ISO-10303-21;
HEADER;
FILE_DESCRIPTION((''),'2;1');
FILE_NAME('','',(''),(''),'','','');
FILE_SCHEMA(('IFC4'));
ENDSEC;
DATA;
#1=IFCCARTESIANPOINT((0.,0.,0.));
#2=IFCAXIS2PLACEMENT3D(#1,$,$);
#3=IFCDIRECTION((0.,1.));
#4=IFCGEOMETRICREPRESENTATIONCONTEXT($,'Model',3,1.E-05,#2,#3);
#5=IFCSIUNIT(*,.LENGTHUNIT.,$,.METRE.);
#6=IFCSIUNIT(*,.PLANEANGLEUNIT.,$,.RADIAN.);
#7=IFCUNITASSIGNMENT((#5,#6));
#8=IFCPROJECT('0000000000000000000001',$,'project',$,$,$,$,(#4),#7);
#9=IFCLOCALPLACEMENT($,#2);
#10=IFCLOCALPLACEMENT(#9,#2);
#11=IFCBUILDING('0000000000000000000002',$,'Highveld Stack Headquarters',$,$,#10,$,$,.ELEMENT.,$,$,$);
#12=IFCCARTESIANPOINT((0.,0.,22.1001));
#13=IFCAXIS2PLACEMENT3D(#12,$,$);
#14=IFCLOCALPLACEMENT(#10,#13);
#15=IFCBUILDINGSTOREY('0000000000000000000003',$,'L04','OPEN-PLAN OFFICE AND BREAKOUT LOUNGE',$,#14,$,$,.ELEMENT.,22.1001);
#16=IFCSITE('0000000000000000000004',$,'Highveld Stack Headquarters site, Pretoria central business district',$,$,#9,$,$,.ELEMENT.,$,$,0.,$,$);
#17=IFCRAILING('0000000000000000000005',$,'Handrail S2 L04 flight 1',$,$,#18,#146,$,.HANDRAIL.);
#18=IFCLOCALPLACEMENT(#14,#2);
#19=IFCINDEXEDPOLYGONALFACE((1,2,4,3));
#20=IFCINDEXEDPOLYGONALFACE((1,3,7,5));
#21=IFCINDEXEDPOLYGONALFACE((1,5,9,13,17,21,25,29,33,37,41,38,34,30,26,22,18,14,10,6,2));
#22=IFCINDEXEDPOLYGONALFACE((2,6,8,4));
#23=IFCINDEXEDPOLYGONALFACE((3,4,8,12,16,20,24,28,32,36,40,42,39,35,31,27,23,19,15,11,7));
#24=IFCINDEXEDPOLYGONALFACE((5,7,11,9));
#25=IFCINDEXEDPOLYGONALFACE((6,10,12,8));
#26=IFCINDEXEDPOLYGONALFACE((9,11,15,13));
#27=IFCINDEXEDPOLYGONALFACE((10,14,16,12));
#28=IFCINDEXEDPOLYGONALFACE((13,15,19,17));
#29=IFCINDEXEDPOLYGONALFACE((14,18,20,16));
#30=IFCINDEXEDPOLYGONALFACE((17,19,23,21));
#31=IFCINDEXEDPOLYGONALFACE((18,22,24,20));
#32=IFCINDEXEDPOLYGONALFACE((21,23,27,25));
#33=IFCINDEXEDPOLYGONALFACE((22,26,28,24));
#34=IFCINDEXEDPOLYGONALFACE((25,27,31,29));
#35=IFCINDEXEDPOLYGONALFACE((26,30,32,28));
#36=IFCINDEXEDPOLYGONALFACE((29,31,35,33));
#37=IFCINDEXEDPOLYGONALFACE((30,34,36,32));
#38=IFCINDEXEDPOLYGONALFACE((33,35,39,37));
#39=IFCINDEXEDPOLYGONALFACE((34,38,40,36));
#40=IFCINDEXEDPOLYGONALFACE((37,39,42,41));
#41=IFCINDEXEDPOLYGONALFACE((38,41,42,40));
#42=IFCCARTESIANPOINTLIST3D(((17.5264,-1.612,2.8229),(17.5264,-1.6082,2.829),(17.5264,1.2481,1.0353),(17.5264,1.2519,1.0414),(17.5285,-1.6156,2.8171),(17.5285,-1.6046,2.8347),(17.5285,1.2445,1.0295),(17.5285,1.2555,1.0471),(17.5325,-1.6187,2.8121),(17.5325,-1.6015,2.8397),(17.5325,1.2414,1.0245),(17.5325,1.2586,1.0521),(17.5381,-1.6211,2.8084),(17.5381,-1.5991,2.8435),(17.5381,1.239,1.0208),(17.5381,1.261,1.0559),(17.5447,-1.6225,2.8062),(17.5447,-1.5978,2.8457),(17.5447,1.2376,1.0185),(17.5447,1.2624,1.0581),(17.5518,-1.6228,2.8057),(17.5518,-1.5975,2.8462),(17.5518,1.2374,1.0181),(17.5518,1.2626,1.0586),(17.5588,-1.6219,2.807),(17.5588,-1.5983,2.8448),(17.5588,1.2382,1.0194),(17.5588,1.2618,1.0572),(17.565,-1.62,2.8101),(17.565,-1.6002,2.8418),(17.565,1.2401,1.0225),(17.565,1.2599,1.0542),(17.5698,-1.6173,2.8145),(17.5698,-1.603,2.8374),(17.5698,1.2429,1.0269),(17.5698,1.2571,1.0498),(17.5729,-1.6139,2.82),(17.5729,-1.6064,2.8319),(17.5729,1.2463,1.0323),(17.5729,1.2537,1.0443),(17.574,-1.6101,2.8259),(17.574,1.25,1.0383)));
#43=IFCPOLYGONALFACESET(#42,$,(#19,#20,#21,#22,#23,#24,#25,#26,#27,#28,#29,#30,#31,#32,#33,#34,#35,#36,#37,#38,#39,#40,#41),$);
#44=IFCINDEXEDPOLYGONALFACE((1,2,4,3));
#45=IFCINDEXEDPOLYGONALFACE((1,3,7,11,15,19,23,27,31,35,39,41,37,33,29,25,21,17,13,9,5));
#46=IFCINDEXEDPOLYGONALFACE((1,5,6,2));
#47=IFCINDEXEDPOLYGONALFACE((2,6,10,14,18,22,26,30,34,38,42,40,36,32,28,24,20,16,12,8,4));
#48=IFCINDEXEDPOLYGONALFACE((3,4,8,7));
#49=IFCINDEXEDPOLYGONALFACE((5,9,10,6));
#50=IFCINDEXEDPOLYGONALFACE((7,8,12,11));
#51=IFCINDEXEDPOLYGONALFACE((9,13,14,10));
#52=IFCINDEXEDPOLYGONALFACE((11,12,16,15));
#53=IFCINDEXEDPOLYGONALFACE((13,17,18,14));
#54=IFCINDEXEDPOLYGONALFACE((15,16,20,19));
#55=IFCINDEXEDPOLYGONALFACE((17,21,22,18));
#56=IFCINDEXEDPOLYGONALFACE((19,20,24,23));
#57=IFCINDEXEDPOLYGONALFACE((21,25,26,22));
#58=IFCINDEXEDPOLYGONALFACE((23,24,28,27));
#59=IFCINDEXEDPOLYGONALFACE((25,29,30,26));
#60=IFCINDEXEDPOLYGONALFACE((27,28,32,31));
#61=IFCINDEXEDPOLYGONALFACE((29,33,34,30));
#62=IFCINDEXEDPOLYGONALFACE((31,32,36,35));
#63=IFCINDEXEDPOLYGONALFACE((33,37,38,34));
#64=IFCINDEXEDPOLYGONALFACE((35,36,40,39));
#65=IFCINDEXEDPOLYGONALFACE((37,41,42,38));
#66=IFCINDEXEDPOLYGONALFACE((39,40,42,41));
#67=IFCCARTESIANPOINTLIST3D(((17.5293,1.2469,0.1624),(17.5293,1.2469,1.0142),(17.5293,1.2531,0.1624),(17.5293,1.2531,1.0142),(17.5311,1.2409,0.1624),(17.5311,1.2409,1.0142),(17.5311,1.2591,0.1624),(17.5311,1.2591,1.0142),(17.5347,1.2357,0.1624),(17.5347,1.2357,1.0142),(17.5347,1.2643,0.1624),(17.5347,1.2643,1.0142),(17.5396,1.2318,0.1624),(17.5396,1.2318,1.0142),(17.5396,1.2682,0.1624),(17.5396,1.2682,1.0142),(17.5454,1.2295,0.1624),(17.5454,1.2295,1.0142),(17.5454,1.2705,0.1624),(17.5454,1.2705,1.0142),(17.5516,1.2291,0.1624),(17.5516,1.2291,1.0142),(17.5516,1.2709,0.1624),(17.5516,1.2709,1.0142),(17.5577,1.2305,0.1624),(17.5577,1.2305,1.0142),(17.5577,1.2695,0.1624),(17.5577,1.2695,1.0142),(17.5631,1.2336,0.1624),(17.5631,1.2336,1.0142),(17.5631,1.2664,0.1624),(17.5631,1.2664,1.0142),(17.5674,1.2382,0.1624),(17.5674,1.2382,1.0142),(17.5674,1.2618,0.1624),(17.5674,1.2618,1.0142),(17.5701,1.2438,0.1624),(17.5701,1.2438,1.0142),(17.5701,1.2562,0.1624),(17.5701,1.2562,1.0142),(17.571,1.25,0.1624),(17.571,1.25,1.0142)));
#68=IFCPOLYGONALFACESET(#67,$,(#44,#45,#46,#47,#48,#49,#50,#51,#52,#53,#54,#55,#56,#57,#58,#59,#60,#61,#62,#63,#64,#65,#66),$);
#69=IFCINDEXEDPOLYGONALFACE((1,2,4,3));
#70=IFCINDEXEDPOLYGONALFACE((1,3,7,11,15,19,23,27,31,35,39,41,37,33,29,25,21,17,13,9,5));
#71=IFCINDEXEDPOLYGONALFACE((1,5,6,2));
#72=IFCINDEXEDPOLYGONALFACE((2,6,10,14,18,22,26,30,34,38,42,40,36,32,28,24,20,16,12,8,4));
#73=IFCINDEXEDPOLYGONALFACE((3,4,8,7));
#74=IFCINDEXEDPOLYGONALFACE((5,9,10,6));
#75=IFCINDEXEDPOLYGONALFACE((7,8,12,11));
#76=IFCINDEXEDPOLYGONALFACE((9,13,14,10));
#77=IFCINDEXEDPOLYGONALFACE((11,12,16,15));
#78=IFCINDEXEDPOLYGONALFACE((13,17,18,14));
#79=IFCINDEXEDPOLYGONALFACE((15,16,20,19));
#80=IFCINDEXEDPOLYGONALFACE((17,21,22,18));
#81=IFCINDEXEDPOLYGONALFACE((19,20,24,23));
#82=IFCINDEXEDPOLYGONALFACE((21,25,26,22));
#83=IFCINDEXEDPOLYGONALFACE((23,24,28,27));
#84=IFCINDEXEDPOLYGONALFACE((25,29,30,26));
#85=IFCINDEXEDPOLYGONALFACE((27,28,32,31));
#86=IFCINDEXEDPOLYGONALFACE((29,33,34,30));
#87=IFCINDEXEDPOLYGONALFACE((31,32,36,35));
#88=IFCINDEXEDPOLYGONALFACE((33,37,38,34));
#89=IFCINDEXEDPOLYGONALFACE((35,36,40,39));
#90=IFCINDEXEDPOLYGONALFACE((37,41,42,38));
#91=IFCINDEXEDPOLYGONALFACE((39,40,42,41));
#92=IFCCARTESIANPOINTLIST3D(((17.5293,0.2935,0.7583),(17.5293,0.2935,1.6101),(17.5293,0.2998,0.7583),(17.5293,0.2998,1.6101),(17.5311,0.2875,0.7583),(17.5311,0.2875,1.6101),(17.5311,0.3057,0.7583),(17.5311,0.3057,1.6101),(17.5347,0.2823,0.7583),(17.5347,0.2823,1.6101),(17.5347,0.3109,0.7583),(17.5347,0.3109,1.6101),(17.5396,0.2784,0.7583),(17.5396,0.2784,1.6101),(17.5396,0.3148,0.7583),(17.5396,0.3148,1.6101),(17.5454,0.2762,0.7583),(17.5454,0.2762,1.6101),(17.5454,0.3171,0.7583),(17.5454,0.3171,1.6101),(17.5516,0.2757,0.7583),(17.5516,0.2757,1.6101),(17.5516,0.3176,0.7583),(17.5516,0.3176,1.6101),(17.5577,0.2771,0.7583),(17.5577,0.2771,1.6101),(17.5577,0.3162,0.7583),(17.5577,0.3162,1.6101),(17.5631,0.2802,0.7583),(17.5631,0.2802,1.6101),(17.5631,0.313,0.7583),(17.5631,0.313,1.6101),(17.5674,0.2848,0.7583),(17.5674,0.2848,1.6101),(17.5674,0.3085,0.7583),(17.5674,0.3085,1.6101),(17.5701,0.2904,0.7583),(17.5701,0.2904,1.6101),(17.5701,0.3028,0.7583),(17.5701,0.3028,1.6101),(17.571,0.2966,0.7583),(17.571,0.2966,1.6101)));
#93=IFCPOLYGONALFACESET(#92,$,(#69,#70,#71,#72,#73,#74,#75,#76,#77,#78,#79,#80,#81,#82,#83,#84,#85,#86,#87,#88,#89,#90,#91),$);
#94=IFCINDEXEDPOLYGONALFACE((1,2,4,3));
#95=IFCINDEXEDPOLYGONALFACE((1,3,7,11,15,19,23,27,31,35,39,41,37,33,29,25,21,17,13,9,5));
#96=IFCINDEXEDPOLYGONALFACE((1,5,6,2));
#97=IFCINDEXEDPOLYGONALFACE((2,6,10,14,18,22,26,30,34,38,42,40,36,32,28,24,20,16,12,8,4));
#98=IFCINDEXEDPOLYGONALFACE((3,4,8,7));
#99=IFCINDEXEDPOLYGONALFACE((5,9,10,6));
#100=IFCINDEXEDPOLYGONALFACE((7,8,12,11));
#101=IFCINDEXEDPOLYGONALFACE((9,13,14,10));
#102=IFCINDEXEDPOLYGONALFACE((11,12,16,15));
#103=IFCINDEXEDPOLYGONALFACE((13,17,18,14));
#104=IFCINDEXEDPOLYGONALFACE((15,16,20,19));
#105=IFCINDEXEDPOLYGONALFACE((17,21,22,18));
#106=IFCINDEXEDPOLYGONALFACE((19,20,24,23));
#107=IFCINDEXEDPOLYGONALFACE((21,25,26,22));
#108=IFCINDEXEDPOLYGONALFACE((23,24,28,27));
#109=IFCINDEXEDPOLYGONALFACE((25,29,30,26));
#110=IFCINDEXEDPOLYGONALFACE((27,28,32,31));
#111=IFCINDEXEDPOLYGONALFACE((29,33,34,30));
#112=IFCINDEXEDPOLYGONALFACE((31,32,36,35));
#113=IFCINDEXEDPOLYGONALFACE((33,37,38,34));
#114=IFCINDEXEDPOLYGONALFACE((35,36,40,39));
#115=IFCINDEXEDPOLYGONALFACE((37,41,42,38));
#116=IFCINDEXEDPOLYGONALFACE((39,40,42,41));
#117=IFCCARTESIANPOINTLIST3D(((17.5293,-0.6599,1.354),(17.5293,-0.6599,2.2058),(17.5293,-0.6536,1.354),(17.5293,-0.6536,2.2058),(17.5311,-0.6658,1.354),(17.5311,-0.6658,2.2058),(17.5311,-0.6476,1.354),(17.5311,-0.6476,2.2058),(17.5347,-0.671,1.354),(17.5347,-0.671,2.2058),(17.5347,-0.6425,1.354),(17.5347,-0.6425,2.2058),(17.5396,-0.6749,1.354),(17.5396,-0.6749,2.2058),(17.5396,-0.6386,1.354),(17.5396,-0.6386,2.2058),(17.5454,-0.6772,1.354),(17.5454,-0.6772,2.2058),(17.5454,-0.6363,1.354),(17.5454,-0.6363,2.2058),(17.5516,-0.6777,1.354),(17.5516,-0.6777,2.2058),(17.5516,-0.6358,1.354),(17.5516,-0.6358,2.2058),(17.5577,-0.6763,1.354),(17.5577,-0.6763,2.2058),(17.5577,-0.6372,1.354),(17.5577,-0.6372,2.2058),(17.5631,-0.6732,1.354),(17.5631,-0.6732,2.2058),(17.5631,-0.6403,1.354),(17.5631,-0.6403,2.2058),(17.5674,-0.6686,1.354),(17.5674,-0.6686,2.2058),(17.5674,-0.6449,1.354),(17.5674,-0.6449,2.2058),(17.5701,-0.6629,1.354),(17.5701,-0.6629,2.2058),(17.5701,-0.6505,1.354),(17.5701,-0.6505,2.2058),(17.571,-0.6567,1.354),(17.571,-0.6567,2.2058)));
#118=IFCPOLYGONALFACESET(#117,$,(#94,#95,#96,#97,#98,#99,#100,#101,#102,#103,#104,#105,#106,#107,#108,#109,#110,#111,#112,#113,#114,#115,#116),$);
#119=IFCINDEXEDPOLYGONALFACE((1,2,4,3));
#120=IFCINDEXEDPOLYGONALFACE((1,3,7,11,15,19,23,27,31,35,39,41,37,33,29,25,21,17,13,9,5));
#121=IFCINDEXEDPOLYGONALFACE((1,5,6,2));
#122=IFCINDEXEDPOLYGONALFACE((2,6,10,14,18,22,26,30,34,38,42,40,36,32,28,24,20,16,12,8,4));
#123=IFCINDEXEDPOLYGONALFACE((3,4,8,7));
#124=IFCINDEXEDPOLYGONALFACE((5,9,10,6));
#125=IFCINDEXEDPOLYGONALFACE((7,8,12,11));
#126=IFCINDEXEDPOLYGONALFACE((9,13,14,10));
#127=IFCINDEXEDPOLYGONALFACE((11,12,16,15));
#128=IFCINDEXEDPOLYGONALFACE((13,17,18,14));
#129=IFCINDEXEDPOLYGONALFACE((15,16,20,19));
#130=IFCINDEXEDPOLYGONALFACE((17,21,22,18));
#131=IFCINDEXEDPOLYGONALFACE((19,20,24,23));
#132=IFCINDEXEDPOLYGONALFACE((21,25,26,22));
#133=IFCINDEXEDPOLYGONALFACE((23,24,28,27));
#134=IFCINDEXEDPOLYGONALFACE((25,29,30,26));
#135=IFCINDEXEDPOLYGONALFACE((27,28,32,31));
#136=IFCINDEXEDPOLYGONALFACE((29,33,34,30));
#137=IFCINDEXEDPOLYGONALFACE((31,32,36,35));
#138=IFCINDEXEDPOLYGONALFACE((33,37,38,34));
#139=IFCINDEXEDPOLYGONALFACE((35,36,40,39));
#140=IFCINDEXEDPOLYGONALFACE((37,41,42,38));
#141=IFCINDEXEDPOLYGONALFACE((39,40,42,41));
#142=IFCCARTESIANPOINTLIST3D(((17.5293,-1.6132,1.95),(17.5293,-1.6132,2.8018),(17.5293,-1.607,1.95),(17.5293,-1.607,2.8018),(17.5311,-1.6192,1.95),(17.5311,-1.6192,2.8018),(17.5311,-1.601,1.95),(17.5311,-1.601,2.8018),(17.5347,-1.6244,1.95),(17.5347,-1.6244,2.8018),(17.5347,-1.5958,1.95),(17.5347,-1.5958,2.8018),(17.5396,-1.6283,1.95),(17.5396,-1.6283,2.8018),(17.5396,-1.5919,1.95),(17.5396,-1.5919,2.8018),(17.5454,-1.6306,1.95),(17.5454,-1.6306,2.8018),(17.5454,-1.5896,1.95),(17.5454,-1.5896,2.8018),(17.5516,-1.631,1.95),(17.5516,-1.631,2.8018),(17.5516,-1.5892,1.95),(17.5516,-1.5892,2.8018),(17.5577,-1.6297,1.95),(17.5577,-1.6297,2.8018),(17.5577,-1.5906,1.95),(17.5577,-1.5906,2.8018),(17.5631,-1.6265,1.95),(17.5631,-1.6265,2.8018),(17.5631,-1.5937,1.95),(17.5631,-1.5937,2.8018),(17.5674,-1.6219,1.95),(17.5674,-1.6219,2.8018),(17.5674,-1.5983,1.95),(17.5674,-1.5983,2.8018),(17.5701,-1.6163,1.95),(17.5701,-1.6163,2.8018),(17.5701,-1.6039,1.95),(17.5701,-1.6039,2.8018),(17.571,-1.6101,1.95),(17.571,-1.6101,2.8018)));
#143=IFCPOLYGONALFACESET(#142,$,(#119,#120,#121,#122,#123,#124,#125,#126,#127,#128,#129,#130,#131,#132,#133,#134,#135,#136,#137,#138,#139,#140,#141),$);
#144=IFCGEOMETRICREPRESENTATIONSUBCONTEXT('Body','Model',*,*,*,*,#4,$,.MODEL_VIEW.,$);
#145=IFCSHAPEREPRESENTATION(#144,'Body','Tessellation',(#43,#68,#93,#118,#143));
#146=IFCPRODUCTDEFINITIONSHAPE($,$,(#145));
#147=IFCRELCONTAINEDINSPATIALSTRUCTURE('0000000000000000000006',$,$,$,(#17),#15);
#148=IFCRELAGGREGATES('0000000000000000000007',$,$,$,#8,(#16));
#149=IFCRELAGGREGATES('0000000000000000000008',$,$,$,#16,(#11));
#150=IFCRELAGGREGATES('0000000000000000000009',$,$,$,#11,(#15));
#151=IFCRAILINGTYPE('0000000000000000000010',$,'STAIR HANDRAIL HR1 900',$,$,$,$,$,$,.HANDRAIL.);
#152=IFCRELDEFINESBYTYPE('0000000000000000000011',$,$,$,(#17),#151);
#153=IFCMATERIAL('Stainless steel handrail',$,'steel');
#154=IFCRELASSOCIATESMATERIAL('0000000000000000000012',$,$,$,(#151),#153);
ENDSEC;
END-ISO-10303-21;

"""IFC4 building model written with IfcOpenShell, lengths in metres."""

from ifc_helpers import new_model, si_unit, direction, frame, origin, origin_2d, place, context, subcontext, project, spatial, circle, extrude, material, type_object, element, save


model = new_model("IFC4")

# Units and contexts
model_context = context("Model", 3, precision=1e-05, world=origin(), true_north=direction((0.0, 1.0)))
body_context = subcontext(model_context, "Body", "Model", "MODEL_VIEW")
ifc_project = project(units=[si_unit("LENGTHUNIT", "METRE"), si_unit("PLANEANGLEUNIT", "RADIAN")], contexts=[model_context])

# Site, building, storey
site_placement = place(None, origin())
site = spatial("IfcSite", under=ifc_project, at=site_placement, Name="Highveld Stack Headquarters site, Pretoria central business district", CompositionType="ELEMENT", RefElevation=0.0)
building_placement = place(site_placement, origin())
building = spatial("IfcBuilding", under=site, at=building_placement, Name="Highveld Stack Headquarters", CompositionType="ELEMENT")
storey_placement = place(building_placement, frame((0.0, 0.0, 22.1001)))
storey = spatial("IfcBuildingStorey", under=building, at=storey_placement, Name="L04", Description="OPEN-PLAN OFFICE AND BREAKOUT LOUNGE", CompositionType="ELEMENT", Elevation=22.1001)

# Railing
ifc_material_1 = material(Name="Stainless steel handrail", Category="steel")
railing_type = type_object("IfcRailingType", Name="STAIR HANDRAIL HR1 900", PredefinedType="HANDRAIL", material=ifc_material_1)
for number, where, name in (
    (1, (17.55, 1.25, 0.1624), "Handrail S2 L04 flight 1"),
):
    element("IfcRailing", number, at=place(storey_placement, frame(where)), inside=storey, type_object=railing_type, Name=name, PredefinedType="HANDRAIL", context=body_context, shape_type="SweptSolid", body=[
        extrude(circle(Radius=0.0239, at=origin_2d()), frame((0.0, 0.0, 0.876), z_axis=(0.0, -0.847994, 0.530005), x_axis=(1.0, 0.0, 0.0)), (0.0, 0.0, 1.0), 3.3728),
        extrude(circle(Radius=0.021, at=origin_2d()), origin(), (0.0, 0.0, 1.0), 0.8518),
        extrude(circle(Radius=0.021, at=origin_2d()), frame((0.0, -0.9534, 0.5959)), (0.0, 0.0, 1.0), 0.8518),
        extrude(circle(Radius=0.021, at=origin_2d()), frame((0.0, -1.9067, 1.1917)), (0.0, 0.0, 1.0), 0.8518),
        extrude(circle(Radius=0.021, at=origin_2d()), frame((0.0, -2.8601, 1.7876)), (0.0, 0.0, 1.0), 0.8518),
    ])

save(model, "model.ifc")
